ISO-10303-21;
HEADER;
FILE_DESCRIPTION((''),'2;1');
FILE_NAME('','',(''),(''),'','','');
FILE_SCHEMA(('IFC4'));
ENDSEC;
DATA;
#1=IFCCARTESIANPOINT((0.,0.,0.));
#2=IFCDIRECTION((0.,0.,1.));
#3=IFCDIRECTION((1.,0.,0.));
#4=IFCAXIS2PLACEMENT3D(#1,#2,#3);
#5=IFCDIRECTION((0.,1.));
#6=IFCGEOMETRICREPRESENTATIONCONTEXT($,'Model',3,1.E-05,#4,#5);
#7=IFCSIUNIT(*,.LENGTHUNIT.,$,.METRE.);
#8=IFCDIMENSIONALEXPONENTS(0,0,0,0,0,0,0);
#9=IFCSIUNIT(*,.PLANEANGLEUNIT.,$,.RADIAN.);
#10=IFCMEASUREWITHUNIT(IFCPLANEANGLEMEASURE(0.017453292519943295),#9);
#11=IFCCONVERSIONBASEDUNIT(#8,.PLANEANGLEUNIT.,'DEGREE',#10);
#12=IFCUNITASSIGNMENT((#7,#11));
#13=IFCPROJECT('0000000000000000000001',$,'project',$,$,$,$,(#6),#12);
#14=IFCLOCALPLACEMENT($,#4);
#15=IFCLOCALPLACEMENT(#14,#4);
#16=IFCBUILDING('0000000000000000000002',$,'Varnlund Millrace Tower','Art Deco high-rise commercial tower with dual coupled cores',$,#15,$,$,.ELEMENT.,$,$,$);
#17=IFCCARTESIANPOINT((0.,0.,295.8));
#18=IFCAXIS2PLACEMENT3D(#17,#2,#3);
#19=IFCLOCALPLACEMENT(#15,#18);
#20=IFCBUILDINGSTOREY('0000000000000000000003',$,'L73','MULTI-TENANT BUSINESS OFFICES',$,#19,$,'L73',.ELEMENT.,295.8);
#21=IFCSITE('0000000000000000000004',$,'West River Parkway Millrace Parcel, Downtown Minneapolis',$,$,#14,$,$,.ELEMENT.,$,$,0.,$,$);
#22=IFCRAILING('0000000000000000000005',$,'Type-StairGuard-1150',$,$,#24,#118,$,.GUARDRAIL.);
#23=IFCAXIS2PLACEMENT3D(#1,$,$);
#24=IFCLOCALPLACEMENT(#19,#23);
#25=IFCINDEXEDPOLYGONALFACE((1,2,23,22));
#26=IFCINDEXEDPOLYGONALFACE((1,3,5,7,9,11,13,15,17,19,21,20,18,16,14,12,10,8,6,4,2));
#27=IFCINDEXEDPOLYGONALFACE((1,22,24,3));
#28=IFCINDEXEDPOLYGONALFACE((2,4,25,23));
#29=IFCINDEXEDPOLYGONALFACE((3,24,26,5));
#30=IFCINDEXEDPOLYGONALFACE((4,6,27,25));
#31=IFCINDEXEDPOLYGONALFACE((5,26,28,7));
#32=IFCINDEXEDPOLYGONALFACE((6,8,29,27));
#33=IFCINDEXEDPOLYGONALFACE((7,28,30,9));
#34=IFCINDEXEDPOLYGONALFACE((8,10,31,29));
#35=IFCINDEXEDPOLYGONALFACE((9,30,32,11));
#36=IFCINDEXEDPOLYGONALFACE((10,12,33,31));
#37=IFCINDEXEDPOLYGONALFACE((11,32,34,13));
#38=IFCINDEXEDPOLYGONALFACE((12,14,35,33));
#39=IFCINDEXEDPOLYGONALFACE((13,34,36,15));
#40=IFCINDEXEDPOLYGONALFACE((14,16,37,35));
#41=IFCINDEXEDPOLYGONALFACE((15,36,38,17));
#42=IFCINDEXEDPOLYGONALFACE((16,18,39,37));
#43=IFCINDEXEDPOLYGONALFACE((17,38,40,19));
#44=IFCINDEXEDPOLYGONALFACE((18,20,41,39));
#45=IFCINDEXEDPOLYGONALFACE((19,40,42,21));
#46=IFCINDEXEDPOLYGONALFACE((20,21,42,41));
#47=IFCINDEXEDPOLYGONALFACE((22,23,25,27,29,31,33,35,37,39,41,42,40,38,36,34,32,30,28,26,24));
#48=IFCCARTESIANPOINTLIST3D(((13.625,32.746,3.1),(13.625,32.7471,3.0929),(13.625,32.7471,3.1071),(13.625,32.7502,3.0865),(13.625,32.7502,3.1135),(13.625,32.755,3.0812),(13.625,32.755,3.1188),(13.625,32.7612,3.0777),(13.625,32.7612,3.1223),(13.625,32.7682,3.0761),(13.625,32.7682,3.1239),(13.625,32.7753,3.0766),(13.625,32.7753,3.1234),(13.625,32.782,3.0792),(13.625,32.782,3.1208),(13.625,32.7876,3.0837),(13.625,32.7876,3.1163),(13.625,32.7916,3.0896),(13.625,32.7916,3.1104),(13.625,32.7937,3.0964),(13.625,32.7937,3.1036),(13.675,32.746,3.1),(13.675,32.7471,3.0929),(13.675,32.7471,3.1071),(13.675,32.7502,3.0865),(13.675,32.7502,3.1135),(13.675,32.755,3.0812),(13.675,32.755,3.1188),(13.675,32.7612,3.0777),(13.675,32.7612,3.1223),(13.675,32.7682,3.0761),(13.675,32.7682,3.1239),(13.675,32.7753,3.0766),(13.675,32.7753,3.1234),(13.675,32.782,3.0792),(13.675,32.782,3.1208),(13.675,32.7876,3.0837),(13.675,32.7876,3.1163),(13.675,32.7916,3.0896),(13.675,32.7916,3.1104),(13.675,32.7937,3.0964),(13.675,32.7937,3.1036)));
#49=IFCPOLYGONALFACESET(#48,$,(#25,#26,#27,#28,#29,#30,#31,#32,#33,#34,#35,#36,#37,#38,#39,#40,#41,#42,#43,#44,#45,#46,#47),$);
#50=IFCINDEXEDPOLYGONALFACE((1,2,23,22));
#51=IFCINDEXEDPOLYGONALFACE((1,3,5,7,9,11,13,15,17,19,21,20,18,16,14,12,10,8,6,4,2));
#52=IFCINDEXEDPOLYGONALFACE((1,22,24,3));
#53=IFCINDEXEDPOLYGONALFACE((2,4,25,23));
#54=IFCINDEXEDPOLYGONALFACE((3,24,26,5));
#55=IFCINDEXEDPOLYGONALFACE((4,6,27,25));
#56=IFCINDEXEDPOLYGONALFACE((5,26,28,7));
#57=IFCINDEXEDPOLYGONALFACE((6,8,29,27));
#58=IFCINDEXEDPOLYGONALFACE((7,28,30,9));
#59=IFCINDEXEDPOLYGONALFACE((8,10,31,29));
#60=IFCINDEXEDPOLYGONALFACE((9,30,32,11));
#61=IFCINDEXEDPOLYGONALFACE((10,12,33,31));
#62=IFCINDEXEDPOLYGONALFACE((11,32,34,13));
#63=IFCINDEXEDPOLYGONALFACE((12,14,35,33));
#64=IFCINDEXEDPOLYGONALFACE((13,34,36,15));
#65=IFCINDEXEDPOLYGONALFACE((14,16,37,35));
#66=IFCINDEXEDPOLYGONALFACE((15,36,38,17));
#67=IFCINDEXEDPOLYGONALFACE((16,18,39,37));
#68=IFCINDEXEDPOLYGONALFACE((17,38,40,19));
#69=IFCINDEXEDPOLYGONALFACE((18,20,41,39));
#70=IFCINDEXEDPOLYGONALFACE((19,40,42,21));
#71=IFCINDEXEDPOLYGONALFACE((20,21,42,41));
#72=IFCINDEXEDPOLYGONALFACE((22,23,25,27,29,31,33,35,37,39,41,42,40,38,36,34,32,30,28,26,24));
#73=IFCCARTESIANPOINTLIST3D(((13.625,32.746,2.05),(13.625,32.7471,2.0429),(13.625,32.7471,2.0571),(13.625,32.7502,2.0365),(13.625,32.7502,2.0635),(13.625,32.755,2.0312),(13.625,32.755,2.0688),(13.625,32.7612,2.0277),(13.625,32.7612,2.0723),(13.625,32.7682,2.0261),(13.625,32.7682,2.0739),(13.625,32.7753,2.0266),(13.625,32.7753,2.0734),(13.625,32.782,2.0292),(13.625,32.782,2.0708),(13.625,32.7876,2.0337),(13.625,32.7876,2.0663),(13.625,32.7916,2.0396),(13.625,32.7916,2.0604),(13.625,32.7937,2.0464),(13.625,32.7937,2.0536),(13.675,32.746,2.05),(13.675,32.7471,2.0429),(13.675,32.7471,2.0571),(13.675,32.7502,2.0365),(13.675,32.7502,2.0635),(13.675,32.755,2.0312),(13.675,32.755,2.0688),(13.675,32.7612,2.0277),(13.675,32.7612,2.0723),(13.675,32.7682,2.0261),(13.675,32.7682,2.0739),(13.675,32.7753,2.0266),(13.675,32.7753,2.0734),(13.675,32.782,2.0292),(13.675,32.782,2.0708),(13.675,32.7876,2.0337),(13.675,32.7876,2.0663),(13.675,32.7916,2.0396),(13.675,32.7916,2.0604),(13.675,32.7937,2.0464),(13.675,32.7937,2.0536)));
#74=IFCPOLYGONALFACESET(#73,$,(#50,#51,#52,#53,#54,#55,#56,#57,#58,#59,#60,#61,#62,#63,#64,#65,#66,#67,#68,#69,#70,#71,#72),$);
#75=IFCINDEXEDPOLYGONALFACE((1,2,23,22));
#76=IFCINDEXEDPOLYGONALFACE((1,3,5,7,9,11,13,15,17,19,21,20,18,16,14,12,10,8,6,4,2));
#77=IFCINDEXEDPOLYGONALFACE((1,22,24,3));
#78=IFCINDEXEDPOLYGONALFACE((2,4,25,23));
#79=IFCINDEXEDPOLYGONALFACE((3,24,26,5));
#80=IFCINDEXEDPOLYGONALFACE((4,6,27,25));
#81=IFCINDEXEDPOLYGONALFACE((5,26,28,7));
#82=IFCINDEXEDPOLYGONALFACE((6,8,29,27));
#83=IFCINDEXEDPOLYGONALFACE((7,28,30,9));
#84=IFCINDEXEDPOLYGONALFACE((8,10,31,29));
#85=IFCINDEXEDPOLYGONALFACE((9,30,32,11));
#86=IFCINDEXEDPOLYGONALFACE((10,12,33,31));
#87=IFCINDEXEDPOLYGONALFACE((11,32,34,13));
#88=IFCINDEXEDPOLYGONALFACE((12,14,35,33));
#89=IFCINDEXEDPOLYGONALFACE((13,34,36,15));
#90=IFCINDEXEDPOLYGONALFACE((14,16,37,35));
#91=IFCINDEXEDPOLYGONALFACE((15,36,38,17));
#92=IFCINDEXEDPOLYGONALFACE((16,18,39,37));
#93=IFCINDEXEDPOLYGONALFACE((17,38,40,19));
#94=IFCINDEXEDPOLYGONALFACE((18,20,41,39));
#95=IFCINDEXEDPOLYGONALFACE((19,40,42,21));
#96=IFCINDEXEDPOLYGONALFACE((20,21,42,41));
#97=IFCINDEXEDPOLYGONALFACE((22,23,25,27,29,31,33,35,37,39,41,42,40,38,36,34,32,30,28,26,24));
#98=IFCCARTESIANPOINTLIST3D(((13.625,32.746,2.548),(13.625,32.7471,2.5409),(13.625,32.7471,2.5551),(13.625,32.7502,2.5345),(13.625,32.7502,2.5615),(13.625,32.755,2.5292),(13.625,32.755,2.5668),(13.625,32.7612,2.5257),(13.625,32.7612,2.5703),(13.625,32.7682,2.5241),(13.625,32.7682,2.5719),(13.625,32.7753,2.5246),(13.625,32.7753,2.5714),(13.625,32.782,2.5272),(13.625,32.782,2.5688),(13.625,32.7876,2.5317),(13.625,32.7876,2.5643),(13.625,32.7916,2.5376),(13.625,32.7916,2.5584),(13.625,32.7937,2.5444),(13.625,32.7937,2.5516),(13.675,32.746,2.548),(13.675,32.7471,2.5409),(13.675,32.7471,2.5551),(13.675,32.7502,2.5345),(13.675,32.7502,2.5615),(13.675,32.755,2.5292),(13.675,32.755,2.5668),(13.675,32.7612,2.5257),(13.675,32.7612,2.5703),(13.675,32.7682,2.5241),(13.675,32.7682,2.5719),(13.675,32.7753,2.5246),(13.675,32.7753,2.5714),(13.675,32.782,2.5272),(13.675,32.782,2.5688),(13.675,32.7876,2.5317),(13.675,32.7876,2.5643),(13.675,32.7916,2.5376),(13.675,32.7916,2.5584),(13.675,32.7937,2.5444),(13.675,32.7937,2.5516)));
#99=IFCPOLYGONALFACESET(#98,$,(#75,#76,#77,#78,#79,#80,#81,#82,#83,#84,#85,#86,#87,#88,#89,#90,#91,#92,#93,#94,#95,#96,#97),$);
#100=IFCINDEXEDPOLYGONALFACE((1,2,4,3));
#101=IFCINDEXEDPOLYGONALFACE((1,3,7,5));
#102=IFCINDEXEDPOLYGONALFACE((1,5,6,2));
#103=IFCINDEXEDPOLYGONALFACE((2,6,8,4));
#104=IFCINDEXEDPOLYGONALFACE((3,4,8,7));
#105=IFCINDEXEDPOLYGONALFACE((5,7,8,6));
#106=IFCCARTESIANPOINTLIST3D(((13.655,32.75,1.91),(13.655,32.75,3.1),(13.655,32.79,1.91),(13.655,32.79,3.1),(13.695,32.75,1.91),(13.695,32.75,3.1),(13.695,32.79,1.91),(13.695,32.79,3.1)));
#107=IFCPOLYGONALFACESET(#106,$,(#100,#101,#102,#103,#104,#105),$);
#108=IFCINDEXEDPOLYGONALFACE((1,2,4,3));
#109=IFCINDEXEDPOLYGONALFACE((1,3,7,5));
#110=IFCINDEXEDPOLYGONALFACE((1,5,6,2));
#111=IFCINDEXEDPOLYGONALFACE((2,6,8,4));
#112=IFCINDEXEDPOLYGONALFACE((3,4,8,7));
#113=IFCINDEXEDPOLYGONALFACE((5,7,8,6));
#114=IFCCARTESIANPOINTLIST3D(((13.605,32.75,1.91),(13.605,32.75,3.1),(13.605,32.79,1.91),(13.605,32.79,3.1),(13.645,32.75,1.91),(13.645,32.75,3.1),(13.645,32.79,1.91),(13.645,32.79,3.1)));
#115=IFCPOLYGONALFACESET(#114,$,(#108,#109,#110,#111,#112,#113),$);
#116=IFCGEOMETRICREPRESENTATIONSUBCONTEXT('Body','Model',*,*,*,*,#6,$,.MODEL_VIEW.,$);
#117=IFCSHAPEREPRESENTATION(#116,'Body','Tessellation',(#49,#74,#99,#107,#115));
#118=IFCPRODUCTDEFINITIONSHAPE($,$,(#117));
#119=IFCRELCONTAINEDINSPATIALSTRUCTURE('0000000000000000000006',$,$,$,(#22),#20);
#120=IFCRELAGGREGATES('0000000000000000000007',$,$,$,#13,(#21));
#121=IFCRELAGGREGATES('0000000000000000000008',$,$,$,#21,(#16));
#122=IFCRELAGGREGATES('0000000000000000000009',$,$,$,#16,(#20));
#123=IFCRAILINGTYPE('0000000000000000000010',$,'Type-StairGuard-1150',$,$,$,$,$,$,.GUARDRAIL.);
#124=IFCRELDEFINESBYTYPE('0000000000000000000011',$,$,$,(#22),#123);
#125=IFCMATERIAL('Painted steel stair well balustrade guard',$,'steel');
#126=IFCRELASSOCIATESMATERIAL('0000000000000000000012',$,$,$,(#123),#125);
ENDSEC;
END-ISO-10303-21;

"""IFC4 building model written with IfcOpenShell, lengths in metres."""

from ifc_helpers import new_model, entity, si_unit, converted_unit, direction, frame, origin_with_axes, origin_2d_with_axis, place, context, subcontext, project, spatial, rectangle, circle, extrude, material, type_object, element, save


model = new_model("IFC4")

# Units and contexts
model_context = context("Model", 3, precision=1e-05, world=origin_with_axes(), true_north=direction((0.0, 1.0)))
body_context = subcontext(model_context, "Body", "Model", "MODEL_VIEW")
ifc_project = project(units=[si_unit("LENGTHUNIT", "METRE"), converted_unit("PLANEANGLEUNIT", "DEGREE", entity("IfcPlaneAngleMeasure", 0.017453292519943295), si_unit("PLANEANGLEUNIT", "RADIAN"), dimensions=[0, 0, 0, 0, 0, 0, 0])], contexts=[model_context])

# Site, building, storey
site_placement = place(None, origin_with_axes())
site = spatial("IfcSite", under=ifc_project, at=site_placement, Name="West River Parkway Millrace Parcel, Downtown Minneapolis", CompositionType="ELEMENT", RefElevation=0.0)
building_placement = place(site_placement, origin_with_axes())
building = spatial("IfcBuilding", under=site, at=building_placement, Name="Varnlund Millrace Tower", Description="Art Deco high-rise commercial tower with dual coupled cores", CompositionType="ELEMENT")
storey_placement = place(building_placement, frame((0.0, 0.0, 295.8), z_axis=(0.0, 0.0, 1.0), x_axis=(1.0, 0.0, 0.0)))
storey = spatial("IfcBuildingStorey", under=building, at=storey_placement, Name="L73", Description="MULTI-TENANT BUSINESS OFFICES", LongName="L73", CompositionType="ELEMENT", Elevation=295.8)

# Railing
ifc_material_1 = material(Name="Painted steel stair well balustrade guard", Category="steel")
railing_type_1 = type_object("IfcRailingType", Name="Type-StairGuard-1150", PredefinedType="GUARDRAIL", material=ifc_material_1)
railing_1_placement = place(storey_placement, frame((0.0, 0.0, -295.8), z_axis=(0.0, 0.0, 1.0), x_axis=(1.0, 0.0, 0.0)))
element("IfcRailing", 1, at=railing_1_placement, inside=storey, type_object=railing_type_1, Name="Type-StairGuard-1150", PredefinedType="GUARDRAIL", context=body_context, shape_type="SweptSolid", body=[
    extrude(circle(Radius=0.024, at=origin_2d_with_axis()), frame((13.675, 32.77, 298.9), z_axis=(-1.0, 0.0, 0.0), x_axis=(0.0, -1.0, 0.0)), (0.0, 0.0, 1.0), 0.05),
    extrude(circle(Radius=0.024, at=origin_2d_with_axis()), frame((13.675, 32.77, 297.85), z_axis=(-1.0, 0.0, 0.0), x_axis=(0.0, -1.0, 0.0)), (0.0, 0.0, 1.0), 0.05),
    extrude(circle(Radius=0.024, at=origin_2d_with_axis()), frame((13.675, 32.77, 298.348), z_axis=(-1.0, 0.0, 0.0), x_axis=(0.0, -1.0, 0.0)), (0.0, 0.0, 1.0), 0.05),
    extrude(rectangle(XDim=0.04, YDim=0.04, at=origin_2d_with_axis()), frame((13.675, 32.77, 297.71), z_axis=(0.0, 0.0, 1.0), x_axis=(1.0, 0.0, 0.0)), (0.0, 0.0, 1.0), 1.19),
    extrude(rectangle(XDim=0.04, YDim=0.04, at=origin_2d_with_axis()), frame((13.625, 32.77, 297.71), z_axis=(0.0, 0.0, 1.0), x_axis=(1.0, 0.0, 0.0)), (0.0, 0.0, 1.0), 1.19),
])

save(model, "model.ifc")
